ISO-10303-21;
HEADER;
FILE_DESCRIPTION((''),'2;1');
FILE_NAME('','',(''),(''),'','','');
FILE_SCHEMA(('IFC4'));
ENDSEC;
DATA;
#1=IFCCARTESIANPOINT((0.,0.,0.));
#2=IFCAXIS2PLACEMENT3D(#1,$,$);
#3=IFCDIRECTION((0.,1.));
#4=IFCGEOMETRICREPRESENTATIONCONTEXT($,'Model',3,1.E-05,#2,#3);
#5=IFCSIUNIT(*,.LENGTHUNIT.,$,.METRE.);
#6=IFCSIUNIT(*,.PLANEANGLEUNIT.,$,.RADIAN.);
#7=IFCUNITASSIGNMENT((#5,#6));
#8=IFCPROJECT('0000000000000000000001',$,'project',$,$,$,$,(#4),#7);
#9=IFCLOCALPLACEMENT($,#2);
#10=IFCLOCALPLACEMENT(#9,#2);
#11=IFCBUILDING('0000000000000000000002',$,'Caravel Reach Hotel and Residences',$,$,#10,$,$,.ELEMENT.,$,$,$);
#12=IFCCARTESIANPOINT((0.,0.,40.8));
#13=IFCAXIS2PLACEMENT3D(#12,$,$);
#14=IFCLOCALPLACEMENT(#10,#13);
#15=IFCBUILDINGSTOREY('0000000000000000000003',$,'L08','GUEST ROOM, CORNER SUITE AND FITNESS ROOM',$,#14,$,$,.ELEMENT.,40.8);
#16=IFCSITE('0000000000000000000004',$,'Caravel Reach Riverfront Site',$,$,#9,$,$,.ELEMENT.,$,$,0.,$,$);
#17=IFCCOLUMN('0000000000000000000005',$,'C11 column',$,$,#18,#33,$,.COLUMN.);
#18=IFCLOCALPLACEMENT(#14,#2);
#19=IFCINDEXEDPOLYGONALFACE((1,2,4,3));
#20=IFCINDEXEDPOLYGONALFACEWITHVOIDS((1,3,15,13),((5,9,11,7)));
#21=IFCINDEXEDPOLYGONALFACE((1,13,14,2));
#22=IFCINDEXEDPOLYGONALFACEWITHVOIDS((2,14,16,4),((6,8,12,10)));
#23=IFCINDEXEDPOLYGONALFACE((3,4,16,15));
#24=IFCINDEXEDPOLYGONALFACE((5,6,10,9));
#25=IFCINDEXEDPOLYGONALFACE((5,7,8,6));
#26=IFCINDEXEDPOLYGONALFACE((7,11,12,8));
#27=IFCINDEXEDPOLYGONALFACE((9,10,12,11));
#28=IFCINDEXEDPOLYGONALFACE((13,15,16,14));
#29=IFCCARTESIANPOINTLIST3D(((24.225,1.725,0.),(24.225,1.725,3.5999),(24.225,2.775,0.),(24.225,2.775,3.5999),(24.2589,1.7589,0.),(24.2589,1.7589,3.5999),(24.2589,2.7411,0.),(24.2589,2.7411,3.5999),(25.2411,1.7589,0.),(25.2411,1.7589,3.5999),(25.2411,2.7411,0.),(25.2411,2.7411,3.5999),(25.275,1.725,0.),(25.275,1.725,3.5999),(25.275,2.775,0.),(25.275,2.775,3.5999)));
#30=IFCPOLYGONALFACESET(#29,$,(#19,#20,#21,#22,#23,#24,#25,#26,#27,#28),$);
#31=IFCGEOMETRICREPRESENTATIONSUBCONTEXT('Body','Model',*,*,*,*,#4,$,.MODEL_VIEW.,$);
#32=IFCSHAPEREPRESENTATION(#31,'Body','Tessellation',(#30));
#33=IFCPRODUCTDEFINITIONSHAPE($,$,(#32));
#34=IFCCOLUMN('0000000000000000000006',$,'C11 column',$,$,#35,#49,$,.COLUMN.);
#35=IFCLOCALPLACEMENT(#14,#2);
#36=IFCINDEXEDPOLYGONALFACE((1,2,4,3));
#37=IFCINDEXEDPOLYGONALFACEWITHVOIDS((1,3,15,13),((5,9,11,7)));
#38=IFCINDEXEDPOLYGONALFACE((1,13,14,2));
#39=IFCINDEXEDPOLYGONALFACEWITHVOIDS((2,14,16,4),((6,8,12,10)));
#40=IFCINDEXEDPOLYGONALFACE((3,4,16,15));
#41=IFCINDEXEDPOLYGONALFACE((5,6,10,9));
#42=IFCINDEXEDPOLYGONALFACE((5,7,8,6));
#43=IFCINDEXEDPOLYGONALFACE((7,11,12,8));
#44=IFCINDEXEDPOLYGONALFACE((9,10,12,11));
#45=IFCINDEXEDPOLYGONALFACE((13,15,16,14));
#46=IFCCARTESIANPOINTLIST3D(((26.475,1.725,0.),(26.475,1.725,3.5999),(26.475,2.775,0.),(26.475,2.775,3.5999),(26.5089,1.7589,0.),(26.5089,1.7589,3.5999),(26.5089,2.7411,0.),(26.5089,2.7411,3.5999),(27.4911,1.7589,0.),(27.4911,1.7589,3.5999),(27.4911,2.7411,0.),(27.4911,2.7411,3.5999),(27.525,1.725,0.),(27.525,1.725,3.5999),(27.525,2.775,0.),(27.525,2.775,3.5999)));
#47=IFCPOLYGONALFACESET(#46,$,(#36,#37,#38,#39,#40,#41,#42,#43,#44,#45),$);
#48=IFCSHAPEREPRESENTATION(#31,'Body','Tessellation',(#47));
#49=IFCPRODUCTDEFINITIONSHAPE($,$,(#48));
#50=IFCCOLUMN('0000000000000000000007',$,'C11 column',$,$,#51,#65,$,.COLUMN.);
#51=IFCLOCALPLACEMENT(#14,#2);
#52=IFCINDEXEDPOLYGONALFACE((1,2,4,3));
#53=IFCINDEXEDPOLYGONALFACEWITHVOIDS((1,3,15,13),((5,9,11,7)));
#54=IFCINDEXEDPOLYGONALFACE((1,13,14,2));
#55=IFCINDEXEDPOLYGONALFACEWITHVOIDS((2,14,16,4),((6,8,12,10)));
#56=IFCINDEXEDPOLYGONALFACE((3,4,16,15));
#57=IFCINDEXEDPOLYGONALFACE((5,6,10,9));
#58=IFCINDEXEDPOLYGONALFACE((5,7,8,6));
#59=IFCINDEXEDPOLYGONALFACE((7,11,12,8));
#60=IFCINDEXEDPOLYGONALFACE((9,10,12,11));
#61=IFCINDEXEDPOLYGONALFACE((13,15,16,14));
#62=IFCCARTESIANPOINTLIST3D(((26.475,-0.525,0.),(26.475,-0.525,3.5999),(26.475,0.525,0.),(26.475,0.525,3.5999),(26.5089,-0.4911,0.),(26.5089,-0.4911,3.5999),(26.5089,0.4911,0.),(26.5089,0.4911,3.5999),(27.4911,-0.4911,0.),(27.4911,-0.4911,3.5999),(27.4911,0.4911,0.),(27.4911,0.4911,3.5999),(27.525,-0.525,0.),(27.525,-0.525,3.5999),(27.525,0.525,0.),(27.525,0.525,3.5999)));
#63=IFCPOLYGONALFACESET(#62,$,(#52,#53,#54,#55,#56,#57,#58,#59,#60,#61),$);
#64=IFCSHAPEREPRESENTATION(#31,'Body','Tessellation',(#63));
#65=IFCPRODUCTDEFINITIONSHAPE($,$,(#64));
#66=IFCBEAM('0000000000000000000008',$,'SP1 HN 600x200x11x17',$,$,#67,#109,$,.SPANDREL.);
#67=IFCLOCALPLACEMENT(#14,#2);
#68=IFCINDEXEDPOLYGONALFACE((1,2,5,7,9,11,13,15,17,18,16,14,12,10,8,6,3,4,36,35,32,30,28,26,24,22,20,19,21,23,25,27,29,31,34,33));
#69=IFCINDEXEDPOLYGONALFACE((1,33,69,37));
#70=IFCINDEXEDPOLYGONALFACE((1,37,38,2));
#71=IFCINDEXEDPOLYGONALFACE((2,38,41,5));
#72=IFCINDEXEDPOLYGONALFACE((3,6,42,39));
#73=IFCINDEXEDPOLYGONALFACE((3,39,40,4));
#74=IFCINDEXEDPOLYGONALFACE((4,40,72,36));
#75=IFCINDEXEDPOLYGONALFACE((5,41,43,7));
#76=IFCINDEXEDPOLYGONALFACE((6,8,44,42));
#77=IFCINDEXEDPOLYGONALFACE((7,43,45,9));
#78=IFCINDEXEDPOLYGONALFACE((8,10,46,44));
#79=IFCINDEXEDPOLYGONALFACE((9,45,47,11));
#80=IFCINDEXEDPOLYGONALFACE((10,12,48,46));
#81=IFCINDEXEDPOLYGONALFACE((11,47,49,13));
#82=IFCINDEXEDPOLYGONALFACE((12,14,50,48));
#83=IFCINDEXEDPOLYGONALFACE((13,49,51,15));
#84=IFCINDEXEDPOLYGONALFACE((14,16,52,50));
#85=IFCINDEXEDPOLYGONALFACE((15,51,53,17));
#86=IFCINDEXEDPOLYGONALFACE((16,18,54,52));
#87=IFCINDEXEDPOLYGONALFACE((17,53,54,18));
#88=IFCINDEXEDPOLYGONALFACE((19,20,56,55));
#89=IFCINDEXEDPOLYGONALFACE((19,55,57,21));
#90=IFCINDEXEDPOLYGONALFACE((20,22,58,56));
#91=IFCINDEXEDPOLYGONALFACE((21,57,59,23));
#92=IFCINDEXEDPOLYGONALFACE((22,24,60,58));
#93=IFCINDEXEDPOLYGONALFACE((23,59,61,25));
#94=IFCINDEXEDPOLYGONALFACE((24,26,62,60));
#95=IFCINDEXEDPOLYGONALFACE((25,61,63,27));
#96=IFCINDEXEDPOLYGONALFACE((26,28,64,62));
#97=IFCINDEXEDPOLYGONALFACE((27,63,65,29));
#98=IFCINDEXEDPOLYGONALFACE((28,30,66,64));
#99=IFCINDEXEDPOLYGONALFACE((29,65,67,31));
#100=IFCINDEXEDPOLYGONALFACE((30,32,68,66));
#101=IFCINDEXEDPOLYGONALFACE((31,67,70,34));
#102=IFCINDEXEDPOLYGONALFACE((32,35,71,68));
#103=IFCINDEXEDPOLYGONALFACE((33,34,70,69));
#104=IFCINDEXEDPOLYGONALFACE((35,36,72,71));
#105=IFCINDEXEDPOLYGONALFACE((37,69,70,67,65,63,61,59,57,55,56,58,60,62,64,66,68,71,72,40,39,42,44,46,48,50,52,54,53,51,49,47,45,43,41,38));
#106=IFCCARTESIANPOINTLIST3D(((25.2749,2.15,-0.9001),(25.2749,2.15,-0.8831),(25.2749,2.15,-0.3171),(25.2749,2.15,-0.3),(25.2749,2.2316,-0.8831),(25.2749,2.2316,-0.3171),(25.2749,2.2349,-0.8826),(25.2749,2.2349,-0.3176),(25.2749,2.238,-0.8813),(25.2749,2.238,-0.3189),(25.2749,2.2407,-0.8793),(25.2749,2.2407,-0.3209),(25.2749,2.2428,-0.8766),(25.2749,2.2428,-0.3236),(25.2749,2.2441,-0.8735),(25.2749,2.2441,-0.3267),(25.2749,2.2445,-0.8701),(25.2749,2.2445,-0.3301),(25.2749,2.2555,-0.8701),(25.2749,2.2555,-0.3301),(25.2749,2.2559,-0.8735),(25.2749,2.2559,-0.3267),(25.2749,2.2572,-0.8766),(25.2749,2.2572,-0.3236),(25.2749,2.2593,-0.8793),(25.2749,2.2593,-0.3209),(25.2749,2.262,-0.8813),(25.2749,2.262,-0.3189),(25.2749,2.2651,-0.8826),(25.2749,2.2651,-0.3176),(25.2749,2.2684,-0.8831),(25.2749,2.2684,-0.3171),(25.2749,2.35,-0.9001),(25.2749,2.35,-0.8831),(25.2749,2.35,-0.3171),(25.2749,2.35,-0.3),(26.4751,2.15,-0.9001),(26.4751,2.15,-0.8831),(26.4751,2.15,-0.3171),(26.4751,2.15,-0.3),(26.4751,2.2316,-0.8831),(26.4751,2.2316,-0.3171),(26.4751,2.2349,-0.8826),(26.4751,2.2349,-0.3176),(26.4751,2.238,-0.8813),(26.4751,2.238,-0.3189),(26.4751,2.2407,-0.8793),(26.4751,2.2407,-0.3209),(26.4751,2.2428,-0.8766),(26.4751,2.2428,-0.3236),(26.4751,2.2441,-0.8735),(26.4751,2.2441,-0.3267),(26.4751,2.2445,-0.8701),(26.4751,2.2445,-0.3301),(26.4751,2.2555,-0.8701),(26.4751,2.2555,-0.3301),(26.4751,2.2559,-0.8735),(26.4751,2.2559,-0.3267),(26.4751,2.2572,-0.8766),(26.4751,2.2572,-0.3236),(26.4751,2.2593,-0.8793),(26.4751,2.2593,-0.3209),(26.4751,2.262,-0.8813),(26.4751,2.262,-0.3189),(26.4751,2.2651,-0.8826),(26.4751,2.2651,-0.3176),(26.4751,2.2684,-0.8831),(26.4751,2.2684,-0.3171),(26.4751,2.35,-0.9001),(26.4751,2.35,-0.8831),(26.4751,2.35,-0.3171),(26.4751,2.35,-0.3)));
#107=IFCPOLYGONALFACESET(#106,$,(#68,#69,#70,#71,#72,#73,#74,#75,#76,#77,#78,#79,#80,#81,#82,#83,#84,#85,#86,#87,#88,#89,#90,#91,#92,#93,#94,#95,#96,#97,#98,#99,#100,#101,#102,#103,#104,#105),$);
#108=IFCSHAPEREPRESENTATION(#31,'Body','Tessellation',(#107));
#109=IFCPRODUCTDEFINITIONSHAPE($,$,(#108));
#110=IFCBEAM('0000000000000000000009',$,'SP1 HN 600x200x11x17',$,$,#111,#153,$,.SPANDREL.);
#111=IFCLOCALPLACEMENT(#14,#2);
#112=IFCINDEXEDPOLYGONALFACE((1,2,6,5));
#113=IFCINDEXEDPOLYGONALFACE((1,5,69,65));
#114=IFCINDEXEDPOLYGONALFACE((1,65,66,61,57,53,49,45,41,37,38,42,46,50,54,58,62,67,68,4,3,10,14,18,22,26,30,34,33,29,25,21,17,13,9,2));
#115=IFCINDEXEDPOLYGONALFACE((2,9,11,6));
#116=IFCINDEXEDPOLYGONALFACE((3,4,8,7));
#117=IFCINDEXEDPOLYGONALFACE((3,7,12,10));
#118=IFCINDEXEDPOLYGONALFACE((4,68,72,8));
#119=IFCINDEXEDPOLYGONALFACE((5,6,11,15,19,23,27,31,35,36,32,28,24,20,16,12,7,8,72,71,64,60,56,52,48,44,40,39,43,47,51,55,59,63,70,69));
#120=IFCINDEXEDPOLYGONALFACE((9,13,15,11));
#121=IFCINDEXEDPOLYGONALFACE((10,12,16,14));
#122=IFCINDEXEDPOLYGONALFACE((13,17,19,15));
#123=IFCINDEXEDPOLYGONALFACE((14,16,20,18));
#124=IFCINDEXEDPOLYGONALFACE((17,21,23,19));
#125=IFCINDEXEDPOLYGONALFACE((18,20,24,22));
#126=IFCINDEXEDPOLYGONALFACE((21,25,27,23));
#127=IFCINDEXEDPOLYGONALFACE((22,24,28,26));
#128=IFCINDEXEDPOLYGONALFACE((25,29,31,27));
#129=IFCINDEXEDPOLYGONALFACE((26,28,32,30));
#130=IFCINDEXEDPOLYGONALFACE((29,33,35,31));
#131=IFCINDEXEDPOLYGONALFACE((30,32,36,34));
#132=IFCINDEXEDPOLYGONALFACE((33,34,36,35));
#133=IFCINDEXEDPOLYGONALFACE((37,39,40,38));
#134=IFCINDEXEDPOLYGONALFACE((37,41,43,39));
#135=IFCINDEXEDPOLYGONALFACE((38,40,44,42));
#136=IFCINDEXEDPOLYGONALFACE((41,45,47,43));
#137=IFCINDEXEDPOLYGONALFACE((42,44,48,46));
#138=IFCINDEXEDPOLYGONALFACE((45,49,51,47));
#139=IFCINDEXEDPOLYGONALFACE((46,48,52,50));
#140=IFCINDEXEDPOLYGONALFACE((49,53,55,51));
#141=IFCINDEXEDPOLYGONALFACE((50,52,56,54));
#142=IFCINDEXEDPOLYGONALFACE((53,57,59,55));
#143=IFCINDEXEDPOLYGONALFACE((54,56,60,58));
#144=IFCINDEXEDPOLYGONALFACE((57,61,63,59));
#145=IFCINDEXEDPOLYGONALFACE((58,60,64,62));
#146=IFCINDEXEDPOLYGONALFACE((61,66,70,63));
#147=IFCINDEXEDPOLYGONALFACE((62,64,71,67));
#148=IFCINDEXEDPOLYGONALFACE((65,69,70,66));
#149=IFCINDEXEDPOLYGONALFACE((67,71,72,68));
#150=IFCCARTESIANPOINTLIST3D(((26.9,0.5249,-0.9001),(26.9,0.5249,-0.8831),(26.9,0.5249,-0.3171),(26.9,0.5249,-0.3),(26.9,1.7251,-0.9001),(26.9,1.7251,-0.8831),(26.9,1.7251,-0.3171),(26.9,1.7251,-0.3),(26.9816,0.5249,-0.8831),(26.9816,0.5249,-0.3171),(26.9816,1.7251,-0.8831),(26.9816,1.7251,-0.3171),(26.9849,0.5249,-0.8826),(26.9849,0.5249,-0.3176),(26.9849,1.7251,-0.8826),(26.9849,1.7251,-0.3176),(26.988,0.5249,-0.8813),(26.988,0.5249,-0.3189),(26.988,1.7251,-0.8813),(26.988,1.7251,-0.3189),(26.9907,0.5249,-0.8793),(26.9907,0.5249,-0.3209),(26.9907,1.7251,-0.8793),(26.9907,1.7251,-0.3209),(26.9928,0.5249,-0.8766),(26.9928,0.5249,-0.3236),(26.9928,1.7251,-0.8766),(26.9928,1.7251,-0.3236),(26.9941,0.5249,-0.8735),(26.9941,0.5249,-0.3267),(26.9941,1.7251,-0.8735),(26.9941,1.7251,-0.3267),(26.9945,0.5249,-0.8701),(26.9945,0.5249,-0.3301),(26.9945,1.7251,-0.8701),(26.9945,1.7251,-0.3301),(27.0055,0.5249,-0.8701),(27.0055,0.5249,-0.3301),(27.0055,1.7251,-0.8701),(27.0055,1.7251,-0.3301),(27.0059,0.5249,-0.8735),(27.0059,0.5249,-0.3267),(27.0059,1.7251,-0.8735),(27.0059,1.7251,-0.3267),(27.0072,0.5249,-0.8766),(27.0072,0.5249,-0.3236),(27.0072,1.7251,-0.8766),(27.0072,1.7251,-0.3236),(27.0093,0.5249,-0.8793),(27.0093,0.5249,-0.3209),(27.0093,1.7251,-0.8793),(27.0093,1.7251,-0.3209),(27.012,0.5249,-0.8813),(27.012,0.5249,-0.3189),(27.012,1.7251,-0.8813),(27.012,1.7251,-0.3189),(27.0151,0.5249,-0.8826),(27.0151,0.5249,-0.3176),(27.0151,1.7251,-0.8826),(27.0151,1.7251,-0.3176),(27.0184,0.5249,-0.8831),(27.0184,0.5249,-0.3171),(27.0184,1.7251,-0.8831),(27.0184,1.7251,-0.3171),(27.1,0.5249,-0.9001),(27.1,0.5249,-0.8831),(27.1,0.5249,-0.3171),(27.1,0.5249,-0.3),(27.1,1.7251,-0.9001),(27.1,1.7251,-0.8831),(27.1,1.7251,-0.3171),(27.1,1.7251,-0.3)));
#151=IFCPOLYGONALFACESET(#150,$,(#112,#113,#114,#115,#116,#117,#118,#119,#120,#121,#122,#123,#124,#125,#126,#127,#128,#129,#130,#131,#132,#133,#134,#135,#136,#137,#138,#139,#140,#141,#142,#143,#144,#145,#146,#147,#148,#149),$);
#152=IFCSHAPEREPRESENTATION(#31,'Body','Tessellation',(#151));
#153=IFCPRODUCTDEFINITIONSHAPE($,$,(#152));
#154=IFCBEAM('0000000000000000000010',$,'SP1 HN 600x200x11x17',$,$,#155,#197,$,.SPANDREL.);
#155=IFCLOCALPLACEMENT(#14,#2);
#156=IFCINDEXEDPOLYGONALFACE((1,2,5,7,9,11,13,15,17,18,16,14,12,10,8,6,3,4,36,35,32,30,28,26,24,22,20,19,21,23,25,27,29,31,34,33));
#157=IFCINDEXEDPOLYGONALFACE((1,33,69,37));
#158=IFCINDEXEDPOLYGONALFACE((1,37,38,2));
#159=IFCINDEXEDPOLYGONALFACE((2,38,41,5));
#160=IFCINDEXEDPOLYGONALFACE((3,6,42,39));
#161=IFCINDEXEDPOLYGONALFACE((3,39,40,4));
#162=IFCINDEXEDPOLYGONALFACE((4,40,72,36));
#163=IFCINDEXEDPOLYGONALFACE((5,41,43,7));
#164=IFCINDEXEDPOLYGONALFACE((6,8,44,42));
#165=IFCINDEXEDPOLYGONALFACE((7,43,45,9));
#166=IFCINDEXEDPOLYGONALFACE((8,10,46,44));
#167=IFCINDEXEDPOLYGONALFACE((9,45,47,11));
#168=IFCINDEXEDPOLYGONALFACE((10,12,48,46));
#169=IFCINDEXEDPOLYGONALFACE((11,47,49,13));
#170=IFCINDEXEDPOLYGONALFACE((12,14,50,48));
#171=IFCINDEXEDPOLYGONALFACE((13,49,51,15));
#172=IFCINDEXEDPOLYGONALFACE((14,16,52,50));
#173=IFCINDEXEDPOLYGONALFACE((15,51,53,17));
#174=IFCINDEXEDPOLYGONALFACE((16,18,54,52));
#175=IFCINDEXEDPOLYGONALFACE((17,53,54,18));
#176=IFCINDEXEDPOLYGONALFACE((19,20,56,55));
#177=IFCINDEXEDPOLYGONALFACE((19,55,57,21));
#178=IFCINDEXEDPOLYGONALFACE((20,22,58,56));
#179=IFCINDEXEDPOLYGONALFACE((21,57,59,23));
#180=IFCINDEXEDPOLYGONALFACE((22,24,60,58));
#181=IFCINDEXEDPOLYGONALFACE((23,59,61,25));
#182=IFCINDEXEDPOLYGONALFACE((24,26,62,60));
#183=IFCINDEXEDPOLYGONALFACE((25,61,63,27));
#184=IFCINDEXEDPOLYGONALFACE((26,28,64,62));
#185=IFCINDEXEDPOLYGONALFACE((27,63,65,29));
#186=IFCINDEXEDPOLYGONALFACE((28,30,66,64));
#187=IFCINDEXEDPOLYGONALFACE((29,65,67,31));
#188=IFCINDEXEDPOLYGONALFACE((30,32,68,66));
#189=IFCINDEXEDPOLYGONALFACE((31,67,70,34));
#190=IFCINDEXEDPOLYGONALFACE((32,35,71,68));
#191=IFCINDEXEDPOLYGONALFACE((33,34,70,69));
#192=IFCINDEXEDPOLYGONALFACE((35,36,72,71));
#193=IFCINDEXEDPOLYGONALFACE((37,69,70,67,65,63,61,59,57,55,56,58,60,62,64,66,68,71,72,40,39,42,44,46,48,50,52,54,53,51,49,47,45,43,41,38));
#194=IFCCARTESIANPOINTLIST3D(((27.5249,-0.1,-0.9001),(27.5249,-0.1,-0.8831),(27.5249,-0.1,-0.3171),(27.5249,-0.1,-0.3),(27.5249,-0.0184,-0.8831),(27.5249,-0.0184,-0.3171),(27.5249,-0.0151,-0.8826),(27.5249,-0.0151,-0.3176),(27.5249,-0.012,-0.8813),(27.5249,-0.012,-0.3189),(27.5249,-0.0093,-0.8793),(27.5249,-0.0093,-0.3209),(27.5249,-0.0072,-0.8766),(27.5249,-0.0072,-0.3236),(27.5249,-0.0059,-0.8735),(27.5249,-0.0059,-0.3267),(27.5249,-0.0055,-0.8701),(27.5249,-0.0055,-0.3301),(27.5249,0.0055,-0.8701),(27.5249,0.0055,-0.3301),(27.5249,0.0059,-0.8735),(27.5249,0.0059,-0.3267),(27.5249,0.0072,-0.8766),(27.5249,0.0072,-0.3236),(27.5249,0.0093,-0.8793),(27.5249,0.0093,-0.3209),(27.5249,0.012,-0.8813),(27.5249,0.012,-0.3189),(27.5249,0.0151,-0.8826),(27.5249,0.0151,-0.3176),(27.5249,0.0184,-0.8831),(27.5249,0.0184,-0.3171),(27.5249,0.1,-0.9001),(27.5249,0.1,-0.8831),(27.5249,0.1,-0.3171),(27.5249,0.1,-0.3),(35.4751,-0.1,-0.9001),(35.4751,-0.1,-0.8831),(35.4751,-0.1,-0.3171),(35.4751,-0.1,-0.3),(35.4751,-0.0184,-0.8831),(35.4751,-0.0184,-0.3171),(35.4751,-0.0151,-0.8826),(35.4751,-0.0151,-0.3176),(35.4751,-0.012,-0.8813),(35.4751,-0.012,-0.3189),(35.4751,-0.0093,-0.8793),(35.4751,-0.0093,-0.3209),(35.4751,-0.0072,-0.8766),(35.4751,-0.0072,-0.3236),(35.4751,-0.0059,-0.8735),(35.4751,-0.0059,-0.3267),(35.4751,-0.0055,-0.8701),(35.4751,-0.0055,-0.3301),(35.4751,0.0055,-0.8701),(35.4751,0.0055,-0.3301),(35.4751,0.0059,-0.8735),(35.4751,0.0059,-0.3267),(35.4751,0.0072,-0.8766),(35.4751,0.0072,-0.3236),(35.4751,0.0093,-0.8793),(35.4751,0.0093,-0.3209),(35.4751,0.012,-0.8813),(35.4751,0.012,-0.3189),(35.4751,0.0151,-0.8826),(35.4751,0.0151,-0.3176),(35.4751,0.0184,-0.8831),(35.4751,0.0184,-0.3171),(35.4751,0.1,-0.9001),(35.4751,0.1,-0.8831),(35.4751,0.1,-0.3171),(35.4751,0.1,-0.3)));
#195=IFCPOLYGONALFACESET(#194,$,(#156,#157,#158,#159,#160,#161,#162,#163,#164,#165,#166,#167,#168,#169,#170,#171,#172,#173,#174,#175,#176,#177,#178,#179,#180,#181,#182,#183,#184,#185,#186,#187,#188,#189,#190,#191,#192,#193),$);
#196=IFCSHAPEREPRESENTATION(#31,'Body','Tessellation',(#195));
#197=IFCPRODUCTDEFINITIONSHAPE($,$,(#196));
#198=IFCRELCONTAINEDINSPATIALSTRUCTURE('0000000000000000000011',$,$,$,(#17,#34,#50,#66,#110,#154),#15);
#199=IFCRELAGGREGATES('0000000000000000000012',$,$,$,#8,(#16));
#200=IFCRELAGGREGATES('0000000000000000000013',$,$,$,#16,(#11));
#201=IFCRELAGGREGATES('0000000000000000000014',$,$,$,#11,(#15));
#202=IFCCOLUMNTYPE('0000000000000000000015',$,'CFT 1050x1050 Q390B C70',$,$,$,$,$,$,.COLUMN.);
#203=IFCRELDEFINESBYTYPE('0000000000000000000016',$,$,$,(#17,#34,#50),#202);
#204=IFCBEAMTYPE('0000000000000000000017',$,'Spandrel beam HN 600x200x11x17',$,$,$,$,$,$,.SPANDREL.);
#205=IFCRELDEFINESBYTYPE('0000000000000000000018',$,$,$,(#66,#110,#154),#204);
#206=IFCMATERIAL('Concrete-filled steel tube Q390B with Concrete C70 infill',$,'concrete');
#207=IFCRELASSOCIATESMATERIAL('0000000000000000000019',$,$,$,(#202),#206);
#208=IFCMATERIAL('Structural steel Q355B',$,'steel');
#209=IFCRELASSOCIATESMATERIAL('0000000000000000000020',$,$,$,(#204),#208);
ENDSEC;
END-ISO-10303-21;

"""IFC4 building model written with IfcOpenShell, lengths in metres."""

from ifc_helpers import new_model, si_unit, direction, frame, origin, origin_2d, place, context, subcontext, project, spatial, hollow_rectangle, i_section, extrude, material, material_profile, profile_set, type_object, element, save


model = new_model("IFC4")

# Units and contexts
model_context = context("Model", 3, precision=1e-05, world=origin(), true_north=direction((0.0, 1.0)))
body_context = subcontext(model_context, "Body", "Model", "MODEL_VIEW")
ifc_project = project(units=[si_unit("LENGTHUNIT", "METRE"), si_unit("PLANEANGLEUNIT", "RADIAN")], contexts=[model_context])

# Site, building, storey
site_placement = place(None, origin())
site = spatial("IfcSite", under=ifc_project, at=site_placement, Name="Caravel Reach Riverfront Site", CompositionType="ELEMENT", RefElevation=0.0)
building_placement = place(site_placement, origin())
building = spatial("IfcBuilding", under=site, at=building_placement, Name="Caravel Reach Hotel and Residences", CompositionType="ELEMENT")
storey_placement = place(building_placement, frame((0.0, 0.0, 40.8)))
storey = spatial("IfcBuildingStorey", under=building, at=storey_placement, Name="L08", Description="GUEST ROOM, CORNER SUITE AND FITNESS ROOM", CompositionType="ELEMENT", Elevation=40.8)

# Columns
ifc_material_1 = material(Name="Concrete-filled steel tube Q390B with Concrete C70 infill", Category="concrete")
ifc_material_profile_1 = material_profile(ifc_material_1, hollow_rectangle(XDim=1.05, YDim=1.05, WallThickness=0.0339, at=origin_2d()), Name="RHS 1050x1050x34")
ifc_profile_set_1 = profile_set([ifc_material_profile_1], Name="Concrete-filled steel tube Q390B with Concrete C70 infill")
column_type = type_object("IfcColumnType", Name="CFT 1050x1050 Q390B C70", PredefinedType="COLUMN", material=ifc_profile_set_1)
for number, where, z_axis, x_axis, name in (
    (1, (24.75, 2.25, 0.0), (0.0, 0.0, 1.0), (1.0, 0.0, 0.0), "C11 column"),
    (2, (27.0, 2.25, 0.0), (0.0, 0.0, 1.0), (1.0, 0.0, 0.0), "C11 column"),
    (3, (27.0, 0.0, 0.0), (0.0, 0.0, 1.0), (1.0, 0.0, 0.0), "C11 column"),
):
    element("IfcColumn", number, at=place(storey_placement, frame(where, z_axis=z_axis, x_axis=x_axis)), inside=storey, type_object=column_type, Name=name, PredefinedType="COLUMN", context=body_context, shape_type="SweptSolid", body=[
        extrude(hollow_rectangle(XDim=1.05, YDim=1.05, WallThickness=0.0339, at=origin_2d()), origin(), (0.0, 0.0, 1.0), 3.5999),
    ])

# Beams
ifc_material_2 = material(Name="Structural steel Q355B", Category="steel")
ifc_material_profile_2 = material_profile(ifc_material_2, i_section(OverallWidth=0.2, OverallDepth=0.6001, WebThickness=0.011, FlangeThickness=0.0171, FilletRadius=0.0129, at=origin_2d()), Name="HN 600x200x11x17")
ifc_profile_set_2 = profile_set([ifc_material_profile_2], Name="Structural steel Q355B")
beam_type = type_object("IfcBeamType", Name="Spandrel beam HN 600x200x11x17", PredefinedType="SPANDREL", material=ifc_profile_set_2)
for number, where, z_axis, x_axis, name in (
    (4, (25.2749, 2.25, -0.6001), (1.0, 0.0, 0.0), (0.0, 1.0, 0.0), "SP1 HN 600x200x11x17"),
    (5, (27.0, 1.7251, -0.6001), (0.0, -1.0, 0.0), (1.0, 0.0, 0.0), "SP1 HN 600x200x11x17"),
):
    element("IfcBeam", number, at=place(storey_placement, frame(where, z_axis=z_axis, x_axis=x_axis)), inside=storey, type_object=beam_type, Name=name, PredefinedType="SPANDREL", context=body_context, shape_type="SweptSolid", body=[
        extrude(i_section(OverallWidth=0.2, OverallDepth=0.6001, WebThickness=0.011, FlangeThickness=0.0171, FilletRadius=0.0129, at=origin_2d()), origin(), (0.0, 0.0, 1.0), 1.2002),
    ])
beam_placement = place(storey_placement, frame((27.5249, 0.0, -0.6001), z_axis=(1.0, 0.0, 0.0), x_axis=(0.0, 1.0, 0.0)))
element("IfcBeam", 6, at=beam_placement, inside=storey, type_object=beam_type, Name="SP1 HN 600x200x11x17", PredefinedType="SPANDREL", context=body_context, shape_type="SweptSolid", body=[
    extrude(i_section(OverallWidth=0.2, OverallDepth=0.6001, WebThickness=0.011, FlangeThickness=0.0171, FilletRadius=0.0129, at=origin_2d()), origin(), (0.0, 0.0, 1.0), 7.9502),
])

save(model, "model.ifc")
